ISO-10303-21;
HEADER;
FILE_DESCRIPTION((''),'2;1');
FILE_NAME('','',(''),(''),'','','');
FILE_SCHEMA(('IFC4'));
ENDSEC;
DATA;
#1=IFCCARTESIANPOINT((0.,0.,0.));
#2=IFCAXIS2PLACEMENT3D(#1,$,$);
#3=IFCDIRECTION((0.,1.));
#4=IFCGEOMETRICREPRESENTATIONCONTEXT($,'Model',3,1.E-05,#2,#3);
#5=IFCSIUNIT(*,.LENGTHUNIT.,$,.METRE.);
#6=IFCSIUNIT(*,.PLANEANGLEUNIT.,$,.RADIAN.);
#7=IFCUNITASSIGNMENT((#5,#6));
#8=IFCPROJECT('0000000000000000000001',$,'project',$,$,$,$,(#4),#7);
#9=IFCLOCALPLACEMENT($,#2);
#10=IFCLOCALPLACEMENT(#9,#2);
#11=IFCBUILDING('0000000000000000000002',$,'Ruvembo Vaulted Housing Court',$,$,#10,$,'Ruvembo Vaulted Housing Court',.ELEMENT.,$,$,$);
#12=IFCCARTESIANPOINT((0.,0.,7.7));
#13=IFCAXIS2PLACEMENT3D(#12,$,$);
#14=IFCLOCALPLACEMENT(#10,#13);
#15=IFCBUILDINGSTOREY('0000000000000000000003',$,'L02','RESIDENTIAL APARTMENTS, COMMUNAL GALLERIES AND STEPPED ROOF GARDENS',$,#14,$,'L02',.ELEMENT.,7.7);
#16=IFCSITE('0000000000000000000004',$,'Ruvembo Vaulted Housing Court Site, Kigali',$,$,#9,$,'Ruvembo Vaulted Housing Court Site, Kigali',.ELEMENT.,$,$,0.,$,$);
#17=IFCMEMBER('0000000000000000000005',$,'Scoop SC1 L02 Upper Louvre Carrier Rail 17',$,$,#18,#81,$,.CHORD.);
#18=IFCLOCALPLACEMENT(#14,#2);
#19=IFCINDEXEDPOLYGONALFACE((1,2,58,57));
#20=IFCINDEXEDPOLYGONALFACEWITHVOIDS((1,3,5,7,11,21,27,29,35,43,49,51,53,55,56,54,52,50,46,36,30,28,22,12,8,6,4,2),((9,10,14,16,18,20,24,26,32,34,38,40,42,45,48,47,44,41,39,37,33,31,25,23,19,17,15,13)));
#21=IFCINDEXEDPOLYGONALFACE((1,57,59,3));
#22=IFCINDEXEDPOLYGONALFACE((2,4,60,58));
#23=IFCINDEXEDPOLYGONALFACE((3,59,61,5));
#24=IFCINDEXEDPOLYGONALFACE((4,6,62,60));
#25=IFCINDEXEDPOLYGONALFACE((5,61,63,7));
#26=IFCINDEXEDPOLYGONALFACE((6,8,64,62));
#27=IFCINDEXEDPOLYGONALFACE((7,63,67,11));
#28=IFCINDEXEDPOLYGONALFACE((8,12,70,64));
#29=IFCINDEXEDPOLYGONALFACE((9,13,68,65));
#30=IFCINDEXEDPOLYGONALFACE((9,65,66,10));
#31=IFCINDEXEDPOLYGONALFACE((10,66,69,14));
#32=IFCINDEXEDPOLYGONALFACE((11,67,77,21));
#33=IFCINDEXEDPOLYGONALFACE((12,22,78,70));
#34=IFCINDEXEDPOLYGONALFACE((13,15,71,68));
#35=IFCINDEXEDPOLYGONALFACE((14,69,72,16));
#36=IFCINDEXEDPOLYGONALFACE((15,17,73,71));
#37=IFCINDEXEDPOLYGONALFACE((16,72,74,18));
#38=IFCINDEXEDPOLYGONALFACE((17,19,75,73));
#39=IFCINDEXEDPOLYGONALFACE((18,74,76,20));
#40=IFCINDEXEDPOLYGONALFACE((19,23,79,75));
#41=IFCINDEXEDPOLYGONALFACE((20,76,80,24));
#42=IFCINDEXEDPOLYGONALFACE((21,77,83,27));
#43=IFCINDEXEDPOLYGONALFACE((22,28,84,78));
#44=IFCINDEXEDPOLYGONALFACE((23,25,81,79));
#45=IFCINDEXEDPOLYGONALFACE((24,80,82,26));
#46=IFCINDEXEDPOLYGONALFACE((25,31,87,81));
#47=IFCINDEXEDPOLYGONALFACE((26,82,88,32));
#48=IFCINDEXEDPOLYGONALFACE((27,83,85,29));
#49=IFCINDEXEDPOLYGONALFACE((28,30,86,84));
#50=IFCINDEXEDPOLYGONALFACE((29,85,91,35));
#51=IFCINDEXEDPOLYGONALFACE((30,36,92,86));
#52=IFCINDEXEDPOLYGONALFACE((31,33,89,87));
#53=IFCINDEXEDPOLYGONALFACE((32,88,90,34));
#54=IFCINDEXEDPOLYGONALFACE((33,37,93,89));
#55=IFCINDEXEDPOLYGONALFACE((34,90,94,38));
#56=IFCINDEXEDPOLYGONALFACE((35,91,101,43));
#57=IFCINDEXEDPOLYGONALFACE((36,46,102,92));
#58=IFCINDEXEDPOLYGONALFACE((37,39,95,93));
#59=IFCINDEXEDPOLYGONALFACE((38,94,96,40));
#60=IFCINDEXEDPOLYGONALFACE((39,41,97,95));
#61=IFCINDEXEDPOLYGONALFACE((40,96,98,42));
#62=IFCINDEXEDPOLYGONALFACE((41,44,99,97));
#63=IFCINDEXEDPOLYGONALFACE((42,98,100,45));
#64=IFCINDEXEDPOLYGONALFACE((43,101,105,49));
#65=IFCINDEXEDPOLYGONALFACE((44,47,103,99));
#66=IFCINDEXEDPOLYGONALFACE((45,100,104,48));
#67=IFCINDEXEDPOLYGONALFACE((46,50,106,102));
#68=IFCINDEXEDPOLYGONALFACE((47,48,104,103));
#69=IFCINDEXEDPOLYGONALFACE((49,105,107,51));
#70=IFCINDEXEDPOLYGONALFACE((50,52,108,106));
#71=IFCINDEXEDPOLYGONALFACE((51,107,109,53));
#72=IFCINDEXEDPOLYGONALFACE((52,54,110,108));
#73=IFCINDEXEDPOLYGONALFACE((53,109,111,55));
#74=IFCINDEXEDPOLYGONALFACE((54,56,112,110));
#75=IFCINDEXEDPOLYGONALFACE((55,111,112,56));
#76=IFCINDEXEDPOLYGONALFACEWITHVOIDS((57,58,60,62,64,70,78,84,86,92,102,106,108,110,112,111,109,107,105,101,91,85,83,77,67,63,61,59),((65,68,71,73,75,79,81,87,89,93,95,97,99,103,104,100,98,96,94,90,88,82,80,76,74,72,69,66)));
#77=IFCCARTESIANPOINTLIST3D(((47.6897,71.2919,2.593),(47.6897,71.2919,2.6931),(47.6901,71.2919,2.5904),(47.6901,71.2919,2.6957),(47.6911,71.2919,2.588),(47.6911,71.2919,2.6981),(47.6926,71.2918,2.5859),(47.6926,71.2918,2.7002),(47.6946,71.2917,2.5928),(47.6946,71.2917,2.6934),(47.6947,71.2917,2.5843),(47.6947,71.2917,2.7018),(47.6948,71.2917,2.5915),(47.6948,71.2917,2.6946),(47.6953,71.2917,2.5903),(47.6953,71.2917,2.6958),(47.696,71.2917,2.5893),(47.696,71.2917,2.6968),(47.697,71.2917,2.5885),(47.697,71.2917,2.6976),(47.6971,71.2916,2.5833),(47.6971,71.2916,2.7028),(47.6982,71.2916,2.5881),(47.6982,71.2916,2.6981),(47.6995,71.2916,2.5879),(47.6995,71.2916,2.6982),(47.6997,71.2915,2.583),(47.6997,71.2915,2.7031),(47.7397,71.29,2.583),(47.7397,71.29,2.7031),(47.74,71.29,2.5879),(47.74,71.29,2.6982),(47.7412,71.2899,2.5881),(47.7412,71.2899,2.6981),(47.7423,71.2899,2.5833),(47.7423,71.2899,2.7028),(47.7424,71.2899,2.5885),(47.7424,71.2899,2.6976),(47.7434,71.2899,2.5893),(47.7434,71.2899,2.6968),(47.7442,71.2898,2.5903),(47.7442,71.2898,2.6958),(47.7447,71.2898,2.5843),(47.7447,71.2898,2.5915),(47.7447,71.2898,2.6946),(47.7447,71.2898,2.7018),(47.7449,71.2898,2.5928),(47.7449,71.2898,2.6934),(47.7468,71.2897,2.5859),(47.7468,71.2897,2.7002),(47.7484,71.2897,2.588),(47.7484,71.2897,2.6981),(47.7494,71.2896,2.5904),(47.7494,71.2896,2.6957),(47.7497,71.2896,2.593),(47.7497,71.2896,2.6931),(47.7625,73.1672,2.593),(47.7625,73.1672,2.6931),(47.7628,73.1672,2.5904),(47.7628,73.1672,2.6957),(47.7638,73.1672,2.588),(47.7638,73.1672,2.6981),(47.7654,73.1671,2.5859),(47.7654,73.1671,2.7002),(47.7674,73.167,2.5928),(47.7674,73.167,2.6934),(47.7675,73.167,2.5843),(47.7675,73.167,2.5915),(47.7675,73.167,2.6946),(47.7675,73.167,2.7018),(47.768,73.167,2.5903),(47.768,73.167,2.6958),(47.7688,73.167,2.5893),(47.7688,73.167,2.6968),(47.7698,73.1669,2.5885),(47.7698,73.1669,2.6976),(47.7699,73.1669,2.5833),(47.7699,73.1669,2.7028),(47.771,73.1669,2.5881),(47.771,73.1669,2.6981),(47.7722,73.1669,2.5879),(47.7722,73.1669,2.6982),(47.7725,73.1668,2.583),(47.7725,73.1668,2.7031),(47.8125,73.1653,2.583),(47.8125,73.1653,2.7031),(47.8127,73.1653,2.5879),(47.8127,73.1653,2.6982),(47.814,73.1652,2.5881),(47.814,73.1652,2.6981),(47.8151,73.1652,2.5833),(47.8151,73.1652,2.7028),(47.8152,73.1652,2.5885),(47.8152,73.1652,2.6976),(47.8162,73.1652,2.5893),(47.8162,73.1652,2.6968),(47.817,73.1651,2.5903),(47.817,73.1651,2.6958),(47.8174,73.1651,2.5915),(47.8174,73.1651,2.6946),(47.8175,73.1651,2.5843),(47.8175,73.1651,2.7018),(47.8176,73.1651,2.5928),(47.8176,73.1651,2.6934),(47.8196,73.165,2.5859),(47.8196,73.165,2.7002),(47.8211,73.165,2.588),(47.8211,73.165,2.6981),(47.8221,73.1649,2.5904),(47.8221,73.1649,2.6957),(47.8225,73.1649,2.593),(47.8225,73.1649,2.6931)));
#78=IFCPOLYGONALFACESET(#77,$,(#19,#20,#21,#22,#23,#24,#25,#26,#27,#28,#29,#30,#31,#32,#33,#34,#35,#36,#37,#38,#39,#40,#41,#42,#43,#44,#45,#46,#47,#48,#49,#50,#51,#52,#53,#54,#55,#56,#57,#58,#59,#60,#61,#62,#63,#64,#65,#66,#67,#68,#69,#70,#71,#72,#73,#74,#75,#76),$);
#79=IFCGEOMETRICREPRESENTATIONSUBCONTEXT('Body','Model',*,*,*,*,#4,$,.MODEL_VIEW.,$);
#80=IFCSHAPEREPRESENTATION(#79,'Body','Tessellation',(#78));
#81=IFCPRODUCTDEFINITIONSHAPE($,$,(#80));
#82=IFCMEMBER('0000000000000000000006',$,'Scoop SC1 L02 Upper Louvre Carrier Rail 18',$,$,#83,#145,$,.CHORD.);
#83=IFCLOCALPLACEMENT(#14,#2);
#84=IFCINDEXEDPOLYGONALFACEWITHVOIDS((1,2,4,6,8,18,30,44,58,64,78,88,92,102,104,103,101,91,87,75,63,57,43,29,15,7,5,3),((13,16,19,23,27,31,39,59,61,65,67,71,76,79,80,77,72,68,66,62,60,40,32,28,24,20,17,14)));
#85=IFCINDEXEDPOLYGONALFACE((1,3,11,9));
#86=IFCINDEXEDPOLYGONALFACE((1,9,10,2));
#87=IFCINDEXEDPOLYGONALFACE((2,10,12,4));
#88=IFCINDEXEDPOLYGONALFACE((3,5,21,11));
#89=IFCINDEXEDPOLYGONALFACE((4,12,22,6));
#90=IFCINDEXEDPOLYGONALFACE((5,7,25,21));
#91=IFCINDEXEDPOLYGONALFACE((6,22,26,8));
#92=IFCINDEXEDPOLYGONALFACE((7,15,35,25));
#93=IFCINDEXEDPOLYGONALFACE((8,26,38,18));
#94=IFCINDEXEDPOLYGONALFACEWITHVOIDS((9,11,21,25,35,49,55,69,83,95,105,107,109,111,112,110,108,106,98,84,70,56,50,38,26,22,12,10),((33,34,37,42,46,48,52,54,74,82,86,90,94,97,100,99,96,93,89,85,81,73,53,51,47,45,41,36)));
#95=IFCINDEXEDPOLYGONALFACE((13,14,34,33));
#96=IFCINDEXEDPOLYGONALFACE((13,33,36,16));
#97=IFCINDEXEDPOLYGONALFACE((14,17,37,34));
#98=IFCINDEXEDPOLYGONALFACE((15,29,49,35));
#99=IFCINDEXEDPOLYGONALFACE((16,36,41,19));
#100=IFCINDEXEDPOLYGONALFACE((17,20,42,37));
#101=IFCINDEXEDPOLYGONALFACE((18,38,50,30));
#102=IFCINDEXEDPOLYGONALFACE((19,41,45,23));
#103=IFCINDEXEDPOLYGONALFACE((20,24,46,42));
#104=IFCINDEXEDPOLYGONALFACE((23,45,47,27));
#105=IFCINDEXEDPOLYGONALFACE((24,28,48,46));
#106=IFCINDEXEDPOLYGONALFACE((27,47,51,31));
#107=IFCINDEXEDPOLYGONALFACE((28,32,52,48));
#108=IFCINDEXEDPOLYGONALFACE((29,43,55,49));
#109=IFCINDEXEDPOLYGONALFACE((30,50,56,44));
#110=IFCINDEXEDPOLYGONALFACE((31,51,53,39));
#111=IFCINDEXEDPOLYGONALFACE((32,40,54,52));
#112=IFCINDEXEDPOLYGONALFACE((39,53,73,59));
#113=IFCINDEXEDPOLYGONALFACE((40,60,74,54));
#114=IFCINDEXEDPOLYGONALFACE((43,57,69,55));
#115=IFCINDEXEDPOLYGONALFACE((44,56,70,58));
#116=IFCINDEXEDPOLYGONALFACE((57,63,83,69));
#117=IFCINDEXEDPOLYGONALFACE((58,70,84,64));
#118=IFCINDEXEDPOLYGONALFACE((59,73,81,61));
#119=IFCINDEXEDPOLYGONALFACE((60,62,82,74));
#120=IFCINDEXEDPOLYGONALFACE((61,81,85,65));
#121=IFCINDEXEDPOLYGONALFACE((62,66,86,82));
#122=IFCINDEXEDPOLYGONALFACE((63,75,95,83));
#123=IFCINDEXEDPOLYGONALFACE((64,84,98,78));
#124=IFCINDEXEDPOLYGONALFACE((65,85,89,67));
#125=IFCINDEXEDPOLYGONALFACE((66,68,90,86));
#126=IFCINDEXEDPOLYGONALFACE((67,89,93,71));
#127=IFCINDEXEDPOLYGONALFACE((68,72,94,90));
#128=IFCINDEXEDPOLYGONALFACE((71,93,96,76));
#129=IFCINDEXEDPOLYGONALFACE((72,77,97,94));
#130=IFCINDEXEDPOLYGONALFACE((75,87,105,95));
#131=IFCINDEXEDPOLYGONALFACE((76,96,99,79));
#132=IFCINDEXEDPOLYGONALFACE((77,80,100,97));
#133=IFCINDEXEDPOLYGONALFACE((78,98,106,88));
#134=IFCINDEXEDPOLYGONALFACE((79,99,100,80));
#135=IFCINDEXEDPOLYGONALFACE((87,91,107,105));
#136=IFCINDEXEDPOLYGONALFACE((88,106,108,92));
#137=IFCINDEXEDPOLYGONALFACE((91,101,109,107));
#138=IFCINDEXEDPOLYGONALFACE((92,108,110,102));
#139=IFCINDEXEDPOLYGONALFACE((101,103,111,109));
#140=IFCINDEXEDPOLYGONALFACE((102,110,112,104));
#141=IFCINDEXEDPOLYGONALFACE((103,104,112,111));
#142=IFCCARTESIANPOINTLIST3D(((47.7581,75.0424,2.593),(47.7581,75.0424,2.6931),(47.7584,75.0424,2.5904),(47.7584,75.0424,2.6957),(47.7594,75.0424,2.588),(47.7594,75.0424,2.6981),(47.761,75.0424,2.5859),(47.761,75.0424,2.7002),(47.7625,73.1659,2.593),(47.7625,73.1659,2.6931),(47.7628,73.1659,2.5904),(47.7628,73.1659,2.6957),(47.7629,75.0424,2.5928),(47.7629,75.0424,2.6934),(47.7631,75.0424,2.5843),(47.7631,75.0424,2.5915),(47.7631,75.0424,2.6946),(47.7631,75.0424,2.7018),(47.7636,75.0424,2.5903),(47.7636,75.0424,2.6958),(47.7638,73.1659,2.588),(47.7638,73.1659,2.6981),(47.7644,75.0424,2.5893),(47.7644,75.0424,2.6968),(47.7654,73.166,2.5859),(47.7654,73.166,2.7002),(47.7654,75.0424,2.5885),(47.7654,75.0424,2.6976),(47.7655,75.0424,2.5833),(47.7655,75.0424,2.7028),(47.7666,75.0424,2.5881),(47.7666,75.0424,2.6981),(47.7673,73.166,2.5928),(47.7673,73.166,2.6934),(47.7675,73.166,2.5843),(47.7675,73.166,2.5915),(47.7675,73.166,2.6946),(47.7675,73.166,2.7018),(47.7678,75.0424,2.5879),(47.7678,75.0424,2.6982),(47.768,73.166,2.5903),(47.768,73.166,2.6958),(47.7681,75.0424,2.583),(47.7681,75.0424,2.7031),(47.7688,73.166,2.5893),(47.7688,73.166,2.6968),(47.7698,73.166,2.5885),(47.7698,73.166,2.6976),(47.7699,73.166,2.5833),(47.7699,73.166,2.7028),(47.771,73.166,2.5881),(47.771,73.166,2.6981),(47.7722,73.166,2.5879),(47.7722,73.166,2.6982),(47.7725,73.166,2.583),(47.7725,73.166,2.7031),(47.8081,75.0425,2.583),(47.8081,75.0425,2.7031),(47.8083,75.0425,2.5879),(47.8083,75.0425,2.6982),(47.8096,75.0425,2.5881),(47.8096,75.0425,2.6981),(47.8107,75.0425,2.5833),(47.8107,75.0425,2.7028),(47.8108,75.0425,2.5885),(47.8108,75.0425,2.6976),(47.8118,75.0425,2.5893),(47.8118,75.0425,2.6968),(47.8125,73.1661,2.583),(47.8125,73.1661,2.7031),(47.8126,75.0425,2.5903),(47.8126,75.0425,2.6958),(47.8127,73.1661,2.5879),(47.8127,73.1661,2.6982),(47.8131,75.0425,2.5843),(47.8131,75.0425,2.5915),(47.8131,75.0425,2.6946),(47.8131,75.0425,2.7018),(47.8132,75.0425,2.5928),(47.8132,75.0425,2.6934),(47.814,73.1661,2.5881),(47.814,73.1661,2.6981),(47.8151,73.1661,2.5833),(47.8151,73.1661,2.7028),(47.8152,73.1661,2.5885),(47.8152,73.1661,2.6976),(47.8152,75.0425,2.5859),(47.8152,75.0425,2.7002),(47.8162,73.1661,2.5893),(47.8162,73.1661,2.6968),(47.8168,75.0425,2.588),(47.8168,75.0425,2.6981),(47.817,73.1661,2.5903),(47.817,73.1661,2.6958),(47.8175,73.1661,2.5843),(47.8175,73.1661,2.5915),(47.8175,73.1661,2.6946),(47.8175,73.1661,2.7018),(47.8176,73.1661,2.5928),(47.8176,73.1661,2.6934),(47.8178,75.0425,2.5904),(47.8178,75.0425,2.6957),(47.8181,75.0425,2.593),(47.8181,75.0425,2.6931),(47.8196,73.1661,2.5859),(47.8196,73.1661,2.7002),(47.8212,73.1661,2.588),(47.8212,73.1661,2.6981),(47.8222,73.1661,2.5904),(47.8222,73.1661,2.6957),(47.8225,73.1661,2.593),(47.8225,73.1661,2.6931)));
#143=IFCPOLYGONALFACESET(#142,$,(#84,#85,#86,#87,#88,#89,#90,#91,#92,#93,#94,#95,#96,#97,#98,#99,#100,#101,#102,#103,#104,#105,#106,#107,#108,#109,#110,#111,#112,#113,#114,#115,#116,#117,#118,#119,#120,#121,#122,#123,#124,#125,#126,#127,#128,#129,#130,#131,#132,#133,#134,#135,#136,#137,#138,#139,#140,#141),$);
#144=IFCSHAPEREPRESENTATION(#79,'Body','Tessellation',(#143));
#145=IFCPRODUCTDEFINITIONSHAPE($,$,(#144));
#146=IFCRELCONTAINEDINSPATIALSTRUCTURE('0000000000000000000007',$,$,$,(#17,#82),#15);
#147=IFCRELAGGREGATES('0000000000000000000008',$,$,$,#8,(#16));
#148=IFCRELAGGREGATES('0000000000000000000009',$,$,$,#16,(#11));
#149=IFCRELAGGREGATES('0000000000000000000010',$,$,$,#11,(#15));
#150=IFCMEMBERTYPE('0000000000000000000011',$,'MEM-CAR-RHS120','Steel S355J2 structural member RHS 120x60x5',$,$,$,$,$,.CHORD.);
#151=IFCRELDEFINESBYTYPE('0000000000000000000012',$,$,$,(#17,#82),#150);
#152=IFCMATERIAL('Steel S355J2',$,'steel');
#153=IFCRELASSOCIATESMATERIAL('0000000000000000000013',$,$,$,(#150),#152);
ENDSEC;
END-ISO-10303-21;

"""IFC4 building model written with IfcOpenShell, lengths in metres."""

from ifc_helpers import new_model, si_unit, direction, frame, origin, origin_2d, place, context, subcontext, project, spatial, hollow_rectangle, extrude, material, material_profile, profile_set, type_object, element, save


model = new_model("IFC4")

# Units and contexts
model_context = context("Model", 3, precision=1e-05, world=origin(), true_north=direction((0.0, 1.0)))
body_context = subcontext(model_context, "Body", "Model", "MODEL_VIEW")
ifc_project = project(units=[si_unit("LENGTHUNIT", "METRE"), si_unit("PLANEANGLEUNIT", "RADIAN")], contexts=[model_context])

# Site, building, storey
site_placement = place(None, origin())
site = spatial("IfcSite", under=ifc_project, at=site_placement, Name="Ruvembo Vaulted Housing Court Site, Kigali", LongName="Ruvembo Vaulted Housing Court Site, Kigali", CompositionType="ELEMENT", RefElevation=0.0)
building_placement = place(site_placement, origin())
building = spatial("IfcBuilding", under=site, at=building_placement, Name="Ruvembo Vaulted Housing Court", LongName="Ruvembo Vaulted Housing Court", CompositionType="ELEMENT")
storey_placement = place(building_placement, frame((0.0, 0.0, 7.7)))
storey = spatial("IfcBuildingStorey", under=building, at=storey_placement, Name="L02", Description="RESIDENTIAL APARTMENTS, COMMUNAL GALLERIES AND STEPPED ROOF GARDENS", LongName="L02", CompositionType="ELEMENT", Elevation=7.7)

# Shared definitions
ifc_material_1 = material(Name="Steel S355J2", Category="steel")

# Members
ifc_material_profile_1 = material_profile(ifc_material_1, hollow_rectangle(XDim=0.0601, YDim=0.1201, WallThickness=0.0049, InnerFilletRadius=0.0049, OuterFilletRadius=0.01, at=origin_2d()), Name="RHS 120x60x5")
ifc_profile_set_1 = profile_set([ifc_material_profile_1], Name="Steel S355J2")
member_type_1 = type_object("IfcMemberType", Name="MEM-CAR-RHS120", Description="Steel S355J2 structural member RHS 120x60x5", PredefinedType="CHORD", material=ifc_profile_set_1)
member_1_placement = place(storey_placement, frame((47.7197, 71.2908, 2.6431), z_axis=(0.038768, 0.999248, 0.0), x_axis=(-0.999248, 0.038768, 0.0)))
element("IfcMember", 1, at=member_1_placement, inside=storey, type_object=member_type_1, Name="Scoop SC1 L02 Upper Louvre Carrier Rail 17", PredefinedType="CHORD", context=body_context, shape_type="SweptSolid", body=[
    extrude(hollow_rectangle(XDim=0.0601, YDim=0.1201, WallThickness=0.0049, InnerFilletRadius=0.0049, OuterFilletRadius=0.01, at=origin_2d()), origin(), (0.0, 0.0, 1.0), 1.8767),
])
member_2_placement = place(storey_placement, frame((47.7925, 73.166, 2.6431), z_axis=(-0.002342, 0.999997, 0.0), x_axis=(-0.999997, -0.002342, 0.0)))
element("IfcMember", 2, at=member_2_placement, inside=storey, type_object=member_type_1, Name="Scoop SC1 L02 Upper Louvre Carrier Rail 18", PredefinedType="CHORD", context=body_context, shape_type="SweptSolid", body=[
    extrude(hollow_rectangle(XDim=0.0601, YDim=0.1201, WallThickness=0.0049, InnerFilletRadius=0.0049, OuterFilletRadius=0.01, at=origin_2d()), origin(), (0.0, 0.0, 1.0), 1.8765),
])

save(model, "model.ifc")
